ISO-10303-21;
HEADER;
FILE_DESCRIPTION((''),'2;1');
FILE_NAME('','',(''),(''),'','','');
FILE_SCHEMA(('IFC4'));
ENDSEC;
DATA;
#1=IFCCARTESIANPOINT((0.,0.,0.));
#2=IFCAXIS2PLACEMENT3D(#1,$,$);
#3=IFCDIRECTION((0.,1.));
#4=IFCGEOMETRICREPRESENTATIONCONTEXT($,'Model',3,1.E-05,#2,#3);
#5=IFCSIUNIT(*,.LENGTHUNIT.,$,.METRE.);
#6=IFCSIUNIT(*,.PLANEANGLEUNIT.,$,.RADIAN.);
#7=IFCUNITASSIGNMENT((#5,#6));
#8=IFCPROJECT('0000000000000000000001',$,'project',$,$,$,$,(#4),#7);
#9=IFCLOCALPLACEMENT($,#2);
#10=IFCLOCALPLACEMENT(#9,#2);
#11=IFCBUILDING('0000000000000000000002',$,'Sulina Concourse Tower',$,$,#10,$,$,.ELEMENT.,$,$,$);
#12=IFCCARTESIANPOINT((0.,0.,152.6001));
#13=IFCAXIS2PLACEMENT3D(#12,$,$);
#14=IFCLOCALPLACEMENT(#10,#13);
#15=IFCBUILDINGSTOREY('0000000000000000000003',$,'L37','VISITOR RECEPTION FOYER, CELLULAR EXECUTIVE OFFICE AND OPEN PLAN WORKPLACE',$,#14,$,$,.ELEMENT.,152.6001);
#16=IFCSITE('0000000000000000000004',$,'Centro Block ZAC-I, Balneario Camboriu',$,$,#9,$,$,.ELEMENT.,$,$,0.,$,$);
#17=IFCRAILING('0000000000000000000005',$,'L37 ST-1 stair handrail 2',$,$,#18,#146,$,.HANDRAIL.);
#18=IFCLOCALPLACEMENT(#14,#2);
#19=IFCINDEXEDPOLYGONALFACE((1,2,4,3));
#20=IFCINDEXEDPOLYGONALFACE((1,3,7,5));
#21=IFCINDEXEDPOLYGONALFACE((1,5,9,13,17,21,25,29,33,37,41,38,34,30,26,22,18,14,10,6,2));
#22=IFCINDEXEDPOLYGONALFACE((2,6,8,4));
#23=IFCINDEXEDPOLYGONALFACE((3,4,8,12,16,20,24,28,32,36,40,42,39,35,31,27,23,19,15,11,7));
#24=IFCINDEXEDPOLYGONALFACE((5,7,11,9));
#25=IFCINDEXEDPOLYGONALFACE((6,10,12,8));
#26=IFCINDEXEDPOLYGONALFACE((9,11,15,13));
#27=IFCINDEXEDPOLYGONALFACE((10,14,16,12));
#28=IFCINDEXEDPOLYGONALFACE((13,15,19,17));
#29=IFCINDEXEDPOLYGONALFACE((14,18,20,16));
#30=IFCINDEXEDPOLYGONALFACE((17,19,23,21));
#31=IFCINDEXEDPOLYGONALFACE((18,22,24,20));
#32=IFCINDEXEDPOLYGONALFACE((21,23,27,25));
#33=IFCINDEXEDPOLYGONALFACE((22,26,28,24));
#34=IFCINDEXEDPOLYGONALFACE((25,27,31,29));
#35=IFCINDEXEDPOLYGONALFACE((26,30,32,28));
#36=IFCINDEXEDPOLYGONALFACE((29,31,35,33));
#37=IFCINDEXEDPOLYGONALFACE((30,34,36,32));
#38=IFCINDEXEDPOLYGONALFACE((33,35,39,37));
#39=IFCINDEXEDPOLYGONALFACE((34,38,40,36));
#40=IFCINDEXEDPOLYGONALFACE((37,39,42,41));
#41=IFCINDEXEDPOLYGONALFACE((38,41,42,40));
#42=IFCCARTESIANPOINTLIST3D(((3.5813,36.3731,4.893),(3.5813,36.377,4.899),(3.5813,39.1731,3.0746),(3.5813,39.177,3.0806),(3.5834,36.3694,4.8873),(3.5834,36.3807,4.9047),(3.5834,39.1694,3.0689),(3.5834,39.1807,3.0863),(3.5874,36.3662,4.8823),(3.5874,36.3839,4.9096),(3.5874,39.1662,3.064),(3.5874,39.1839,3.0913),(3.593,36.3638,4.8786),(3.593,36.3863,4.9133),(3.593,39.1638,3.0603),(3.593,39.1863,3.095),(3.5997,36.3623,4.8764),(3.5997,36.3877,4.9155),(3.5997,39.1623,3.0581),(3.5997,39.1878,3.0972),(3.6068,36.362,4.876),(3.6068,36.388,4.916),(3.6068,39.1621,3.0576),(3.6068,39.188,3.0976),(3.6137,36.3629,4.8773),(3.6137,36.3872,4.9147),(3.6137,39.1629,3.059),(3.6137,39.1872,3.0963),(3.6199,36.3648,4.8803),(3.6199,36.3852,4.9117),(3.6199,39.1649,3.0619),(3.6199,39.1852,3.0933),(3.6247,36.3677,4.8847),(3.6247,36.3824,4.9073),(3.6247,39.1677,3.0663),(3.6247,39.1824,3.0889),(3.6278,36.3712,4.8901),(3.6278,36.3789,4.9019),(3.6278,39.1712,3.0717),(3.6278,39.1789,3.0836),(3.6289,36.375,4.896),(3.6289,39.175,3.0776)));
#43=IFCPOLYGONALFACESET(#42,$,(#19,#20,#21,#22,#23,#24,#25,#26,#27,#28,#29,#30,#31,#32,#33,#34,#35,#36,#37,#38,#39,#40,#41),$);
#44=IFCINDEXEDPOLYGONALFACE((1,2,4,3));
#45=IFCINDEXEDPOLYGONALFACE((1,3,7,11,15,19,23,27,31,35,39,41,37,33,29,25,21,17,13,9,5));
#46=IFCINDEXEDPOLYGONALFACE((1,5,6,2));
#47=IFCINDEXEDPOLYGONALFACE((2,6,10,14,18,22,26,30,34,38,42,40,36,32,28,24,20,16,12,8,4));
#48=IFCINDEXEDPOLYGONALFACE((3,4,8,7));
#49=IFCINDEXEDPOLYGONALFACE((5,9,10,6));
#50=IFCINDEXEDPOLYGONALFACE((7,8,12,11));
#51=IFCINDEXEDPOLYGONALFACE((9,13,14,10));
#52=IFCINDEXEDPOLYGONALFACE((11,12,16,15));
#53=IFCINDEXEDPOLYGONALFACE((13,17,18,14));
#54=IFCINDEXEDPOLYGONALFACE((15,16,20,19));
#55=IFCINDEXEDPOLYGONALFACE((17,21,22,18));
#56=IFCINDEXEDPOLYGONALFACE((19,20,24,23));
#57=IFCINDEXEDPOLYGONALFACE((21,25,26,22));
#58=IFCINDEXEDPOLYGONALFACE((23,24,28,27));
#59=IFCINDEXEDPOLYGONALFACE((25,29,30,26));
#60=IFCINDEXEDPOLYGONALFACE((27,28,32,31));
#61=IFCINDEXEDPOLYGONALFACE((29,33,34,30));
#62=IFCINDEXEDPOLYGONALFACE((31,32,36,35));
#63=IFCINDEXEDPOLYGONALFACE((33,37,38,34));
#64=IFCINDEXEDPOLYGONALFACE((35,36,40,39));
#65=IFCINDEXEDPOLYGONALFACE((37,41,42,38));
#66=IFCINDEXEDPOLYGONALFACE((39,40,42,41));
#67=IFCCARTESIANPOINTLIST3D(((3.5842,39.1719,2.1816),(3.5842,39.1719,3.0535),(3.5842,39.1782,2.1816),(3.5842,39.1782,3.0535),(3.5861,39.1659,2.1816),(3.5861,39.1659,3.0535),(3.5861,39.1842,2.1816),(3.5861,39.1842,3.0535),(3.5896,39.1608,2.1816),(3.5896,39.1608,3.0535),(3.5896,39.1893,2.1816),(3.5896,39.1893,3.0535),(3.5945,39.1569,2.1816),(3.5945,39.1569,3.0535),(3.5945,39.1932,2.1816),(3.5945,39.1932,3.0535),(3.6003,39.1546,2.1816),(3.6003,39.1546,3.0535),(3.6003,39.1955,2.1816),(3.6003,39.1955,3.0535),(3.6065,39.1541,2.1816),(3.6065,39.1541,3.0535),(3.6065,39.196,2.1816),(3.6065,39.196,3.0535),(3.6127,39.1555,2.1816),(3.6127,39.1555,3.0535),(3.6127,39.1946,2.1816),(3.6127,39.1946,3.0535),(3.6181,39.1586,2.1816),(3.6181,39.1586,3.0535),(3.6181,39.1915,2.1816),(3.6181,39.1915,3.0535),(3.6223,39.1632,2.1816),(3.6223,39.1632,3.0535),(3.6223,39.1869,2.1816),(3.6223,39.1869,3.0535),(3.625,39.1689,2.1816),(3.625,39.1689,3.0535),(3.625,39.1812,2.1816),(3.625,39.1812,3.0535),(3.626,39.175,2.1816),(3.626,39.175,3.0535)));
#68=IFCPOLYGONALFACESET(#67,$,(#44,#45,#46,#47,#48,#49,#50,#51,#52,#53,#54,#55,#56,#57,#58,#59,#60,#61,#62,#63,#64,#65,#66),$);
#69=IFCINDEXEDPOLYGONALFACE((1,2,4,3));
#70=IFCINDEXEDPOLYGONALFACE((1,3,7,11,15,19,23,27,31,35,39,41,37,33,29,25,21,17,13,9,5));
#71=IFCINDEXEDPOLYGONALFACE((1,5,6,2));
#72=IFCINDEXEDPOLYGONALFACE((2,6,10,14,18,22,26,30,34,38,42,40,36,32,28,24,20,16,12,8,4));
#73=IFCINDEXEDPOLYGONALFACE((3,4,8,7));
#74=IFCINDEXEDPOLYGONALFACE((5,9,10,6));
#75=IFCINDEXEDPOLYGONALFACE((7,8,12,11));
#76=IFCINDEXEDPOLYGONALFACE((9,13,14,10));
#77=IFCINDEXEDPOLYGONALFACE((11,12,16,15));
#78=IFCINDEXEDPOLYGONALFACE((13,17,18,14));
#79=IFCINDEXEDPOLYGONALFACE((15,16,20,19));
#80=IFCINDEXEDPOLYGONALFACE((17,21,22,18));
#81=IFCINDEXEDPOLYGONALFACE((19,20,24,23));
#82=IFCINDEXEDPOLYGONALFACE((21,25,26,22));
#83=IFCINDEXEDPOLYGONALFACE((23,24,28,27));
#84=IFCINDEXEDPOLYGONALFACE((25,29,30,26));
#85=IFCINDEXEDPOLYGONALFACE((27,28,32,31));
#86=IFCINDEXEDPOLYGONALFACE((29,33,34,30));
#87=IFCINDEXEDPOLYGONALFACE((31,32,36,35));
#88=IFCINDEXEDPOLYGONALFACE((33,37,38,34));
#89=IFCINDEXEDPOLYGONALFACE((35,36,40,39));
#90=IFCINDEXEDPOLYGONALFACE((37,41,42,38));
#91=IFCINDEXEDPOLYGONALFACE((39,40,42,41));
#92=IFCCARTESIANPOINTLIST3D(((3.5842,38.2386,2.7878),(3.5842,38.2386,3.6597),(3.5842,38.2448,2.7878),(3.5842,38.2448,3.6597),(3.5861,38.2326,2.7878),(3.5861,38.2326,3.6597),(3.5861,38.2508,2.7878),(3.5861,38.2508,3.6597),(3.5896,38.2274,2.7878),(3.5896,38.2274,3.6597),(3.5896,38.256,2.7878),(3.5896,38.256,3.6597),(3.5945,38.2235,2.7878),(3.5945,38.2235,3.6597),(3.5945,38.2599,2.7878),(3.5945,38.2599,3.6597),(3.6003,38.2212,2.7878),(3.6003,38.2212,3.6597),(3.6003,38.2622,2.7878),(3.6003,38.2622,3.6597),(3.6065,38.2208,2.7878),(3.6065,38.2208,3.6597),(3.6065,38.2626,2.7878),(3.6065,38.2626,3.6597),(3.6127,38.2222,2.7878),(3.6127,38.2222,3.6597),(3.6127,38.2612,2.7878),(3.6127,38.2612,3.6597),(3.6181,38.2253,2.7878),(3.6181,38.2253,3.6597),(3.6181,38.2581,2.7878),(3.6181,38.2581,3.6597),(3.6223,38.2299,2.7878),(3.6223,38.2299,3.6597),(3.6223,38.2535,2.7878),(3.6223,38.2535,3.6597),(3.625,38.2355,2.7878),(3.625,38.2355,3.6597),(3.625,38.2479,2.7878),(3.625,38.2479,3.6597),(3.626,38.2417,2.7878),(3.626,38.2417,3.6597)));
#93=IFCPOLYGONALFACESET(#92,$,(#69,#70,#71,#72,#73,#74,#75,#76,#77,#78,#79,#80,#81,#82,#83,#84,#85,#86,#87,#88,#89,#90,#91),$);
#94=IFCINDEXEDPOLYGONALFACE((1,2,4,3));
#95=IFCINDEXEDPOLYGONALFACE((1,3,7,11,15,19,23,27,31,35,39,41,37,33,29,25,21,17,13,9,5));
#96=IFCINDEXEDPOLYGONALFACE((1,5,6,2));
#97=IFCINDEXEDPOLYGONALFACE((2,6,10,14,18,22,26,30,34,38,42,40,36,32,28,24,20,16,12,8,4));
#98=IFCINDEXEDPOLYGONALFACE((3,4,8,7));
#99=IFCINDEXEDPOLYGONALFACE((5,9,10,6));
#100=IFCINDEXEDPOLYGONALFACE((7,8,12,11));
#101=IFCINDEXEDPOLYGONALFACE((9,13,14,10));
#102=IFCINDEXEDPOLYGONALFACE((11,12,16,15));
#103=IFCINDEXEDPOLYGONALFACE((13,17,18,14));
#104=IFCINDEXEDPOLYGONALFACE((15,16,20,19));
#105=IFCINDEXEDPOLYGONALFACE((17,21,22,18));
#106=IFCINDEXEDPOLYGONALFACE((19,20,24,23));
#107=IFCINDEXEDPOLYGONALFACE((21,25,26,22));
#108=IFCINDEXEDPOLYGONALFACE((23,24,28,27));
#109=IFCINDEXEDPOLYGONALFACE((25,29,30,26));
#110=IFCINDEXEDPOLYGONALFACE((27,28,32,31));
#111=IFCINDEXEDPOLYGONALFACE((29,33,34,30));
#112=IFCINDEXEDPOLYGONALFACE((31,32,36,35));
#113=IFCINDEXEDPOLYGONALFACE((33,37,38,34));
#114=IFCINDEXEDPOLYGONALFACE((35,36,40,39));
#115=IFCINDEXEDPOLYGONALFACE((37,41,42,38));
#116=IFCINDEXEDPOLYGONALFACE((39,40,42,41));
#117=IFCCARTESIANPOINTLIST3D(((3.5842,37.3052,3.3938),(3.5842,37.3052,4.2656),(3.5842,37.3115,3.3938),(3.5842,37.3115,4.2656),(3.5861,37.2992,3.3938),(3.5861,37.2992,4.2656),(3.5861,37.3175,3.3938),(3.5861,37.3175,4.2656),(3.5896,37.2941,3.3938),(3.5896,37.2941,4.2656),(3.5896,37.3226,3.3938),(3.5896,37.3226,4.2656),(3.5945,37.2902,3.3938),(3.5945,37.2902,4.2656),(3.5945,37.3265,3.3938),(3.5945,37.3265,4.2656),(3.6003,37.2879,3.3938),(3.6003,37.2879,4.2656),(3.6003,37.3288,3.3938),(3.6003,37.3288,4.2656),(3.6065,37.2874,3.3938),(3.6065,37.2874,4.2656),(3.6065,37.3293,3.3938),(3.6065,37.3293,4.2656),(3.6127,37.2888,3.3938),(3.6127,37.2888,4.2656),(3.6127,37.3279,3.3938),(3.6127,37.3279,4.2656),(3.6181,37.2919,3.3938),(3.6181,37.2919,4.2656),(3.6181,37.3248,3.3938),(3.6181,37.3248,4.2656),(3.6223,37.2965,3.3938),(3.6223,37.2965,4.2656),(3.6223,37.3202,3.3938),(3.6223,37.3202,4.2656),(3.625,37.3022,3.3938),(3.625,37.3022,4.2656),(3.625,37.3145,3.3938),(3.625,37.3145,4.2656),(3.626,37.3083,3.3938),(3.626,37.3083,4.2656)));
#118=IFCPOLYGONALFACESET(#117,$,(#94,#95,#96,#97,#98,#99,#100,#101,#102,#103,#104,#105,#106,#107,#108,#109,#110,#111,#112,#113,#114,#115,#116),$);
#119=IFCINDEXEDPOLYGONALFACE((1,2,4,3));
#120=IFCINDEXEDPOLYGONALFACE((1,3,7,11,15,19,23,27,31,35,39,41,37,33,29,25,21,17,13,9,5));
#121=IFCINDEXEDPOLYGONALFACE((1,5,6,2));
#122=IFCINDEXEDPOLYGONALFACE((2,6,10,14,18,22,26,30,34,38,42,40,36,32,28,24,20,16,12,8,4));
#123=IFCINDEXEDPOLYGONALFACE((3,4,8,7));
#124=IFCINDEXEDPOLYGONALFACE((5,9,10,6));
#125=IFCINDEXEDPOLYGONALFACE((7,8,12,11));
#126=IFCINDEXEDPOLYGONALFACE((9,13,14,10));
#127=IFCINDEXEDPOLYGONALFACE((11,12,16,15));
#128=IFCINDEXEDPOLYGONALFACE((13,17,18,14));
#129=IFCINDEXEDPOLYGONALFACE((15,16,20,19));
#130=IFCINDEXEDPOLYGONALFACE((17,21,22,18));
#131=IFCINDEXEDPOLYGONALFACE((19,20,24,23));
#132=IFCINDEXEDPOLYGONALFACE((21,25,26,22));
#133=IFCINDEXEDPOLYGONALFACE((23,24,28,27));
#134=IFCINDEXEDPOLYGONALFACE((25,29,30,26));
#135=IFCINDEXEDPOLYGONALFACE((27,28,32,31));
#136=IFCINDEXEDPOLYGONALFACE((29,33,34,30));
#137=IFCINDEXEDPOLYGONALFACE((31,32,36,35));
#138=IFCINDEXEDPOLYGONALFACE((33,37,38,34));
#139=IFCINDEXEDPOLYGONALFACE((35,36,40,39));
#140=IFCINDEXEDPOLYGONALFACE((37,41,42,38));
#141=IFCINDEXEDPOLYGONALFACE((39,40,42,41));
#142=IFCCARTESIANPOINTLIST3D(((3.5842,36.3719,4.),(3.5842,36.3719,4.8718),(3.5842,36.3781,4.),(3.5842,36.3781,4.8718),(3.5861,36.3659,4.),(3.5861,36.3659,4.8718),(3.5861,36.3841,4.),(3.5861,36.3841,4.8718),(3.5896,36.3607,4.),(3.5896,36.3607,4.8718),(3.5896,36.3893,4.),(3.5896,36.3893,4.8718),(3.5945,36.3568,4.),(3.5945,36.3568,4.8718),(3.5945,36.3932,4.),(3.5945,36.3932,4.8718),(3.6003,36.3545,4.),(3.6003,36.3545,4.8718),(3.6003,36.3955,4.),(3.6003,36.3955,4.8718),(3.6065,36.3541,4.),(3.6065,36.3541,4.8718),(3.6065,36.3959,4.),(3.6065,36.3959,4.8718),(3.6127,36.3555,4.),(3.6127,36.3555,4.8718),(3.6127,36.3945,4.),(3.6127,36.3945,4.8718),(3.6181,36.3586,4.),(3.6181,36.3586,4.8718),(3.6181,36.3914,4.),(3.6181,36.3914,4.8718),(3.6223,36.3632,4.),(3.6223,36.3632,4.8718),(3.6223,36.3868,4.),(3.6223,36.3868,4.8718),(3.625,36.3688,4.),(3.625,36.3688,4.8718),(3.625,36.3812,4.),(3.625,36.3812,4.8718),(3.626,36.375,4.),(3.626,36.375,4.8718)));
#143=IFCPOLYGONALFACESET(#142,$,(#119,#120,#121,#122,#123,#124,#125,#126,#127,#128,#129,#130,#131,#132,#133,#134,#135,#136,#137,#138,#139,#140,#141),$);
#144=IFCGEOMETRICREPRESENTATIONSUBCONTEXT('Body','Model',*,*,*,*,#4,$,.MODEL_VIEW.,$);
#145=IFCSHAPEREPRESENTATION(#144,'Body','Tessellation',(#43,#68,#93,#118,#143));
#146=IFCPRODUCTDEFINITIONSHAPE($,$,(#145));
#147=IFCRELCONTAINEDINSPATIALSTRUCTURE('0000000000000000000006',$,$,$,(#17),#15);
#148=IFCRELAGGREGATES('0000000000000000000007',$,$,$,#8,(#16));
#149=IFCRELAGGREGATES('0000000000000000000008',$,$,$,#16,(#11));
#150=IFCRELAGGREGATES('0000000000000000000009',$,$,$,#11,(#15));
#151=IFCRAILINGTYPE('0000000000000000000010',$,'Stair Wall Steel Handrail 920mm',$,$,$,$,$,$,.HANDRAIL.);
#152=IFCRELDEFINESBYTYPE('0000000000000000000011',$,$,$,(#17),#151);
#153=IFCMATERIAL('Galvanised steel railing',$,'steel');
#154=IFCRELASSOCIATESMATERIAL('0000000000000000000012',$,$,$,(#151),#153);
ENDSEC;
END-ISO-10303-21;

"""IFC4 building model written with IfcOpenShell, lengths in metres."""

from ifc_helpers import new_model, si_unit, direction, frame, origin, origin_2d, place, context, subcontext, project, spatial, circle, extrude, material, type_object, element, save


model = new_model("IFC4")

# Units and contexts
model_context = context("Model", 3, precision=1e-05, world=origin(), true_north=direction((0.0, 1.0)))
body_context = subcontext(model_context, "Body", "Model", "MODEL_VIEW")
ifc_project = project(units=[si_unit("LENGTHUNIT", "METRE"), si_unit("PLANEANGLEUNIT", "RADIAN")], contexts=[model_context])

# Site, building, storey
site_placement = place(None, origin())
site = spatial("IfcSite", under=ifc_project, at=site_placement, Name="Centro Block ZAC-I, Balneario Camboriu", CompositionType="ELEMENT", RefElevation=0.0)
building_placement = place(site_placement, origin())
building = spatial("IfcBuilding", under=site, at=building_placement, Name="Sulina Concourse Tower", CompositionType="ELEMENT")
storey_placement = place(building_placement, frame((0.0, 0.0, 152.6001)))
storey = spatial("IfcBuildingStorey", under=building, at=storey_placement, Name="L37", Description="VISITOR RECEPTION FOYER, CELLULAR EXECUTIVE OFFICE AND OPEN PLAN WORKPLACE", CompositionType="ELEMENT", Elevation=152.6001)

# Railing
ifc_material_1 = material(Name="Galvanised steel railing", Category="steel")
railing_type_1 = type_object("IfcRailingType", Name="Stair Wall Steel Handrail 920mm", PredefinedType="HANDRAIL", material=ifc_material_1)
railing_1_placement = place(storey_placement, frame((3.605, 39.175, 2.1816)))
element("IfcRailing", 1, at=railing_1_placement, inside=storey, type_object=railing_type_1, Name="L37 ST-1 stair handrail 2", PredefinedType="HANDRAIL", context=body_context, shape_type="SweptSolid", body=[
    extrude(circle(Radius=0.0239, at=origin_2d()), frame((0.0, 0.0, 0.896), z_axis=(0.0, -0.838672, 0.544636), x_axis=(1.0, 0.0, 0.0)), (0.0, 0.0, 1.0), 3.3386),
    extrude(circle(Radius=0.021, at=origin_2d()), origin(), (0.0, 0.0, 1.0), 0.8718),
    extrude(circle(Radius=0.021, at=origin_2d()), frame((0.0, -0.9333, 0.6062)), (0.0, 0.0, 1.0), 0.8718),
    extrude(circle(Radius=0.021, at=origin_2d()), frame((0.0, -1.8667, 1.2122)), (0.0, 0.0, 1.0), 0.8718),
    extrude(circle(Radius=0.021, at=origin_2d()), frame((0.0, -2.8, 1.8184)), (0.0, 0.0, 1.0), 0.8718),
])

save(model, "model.ifc")
